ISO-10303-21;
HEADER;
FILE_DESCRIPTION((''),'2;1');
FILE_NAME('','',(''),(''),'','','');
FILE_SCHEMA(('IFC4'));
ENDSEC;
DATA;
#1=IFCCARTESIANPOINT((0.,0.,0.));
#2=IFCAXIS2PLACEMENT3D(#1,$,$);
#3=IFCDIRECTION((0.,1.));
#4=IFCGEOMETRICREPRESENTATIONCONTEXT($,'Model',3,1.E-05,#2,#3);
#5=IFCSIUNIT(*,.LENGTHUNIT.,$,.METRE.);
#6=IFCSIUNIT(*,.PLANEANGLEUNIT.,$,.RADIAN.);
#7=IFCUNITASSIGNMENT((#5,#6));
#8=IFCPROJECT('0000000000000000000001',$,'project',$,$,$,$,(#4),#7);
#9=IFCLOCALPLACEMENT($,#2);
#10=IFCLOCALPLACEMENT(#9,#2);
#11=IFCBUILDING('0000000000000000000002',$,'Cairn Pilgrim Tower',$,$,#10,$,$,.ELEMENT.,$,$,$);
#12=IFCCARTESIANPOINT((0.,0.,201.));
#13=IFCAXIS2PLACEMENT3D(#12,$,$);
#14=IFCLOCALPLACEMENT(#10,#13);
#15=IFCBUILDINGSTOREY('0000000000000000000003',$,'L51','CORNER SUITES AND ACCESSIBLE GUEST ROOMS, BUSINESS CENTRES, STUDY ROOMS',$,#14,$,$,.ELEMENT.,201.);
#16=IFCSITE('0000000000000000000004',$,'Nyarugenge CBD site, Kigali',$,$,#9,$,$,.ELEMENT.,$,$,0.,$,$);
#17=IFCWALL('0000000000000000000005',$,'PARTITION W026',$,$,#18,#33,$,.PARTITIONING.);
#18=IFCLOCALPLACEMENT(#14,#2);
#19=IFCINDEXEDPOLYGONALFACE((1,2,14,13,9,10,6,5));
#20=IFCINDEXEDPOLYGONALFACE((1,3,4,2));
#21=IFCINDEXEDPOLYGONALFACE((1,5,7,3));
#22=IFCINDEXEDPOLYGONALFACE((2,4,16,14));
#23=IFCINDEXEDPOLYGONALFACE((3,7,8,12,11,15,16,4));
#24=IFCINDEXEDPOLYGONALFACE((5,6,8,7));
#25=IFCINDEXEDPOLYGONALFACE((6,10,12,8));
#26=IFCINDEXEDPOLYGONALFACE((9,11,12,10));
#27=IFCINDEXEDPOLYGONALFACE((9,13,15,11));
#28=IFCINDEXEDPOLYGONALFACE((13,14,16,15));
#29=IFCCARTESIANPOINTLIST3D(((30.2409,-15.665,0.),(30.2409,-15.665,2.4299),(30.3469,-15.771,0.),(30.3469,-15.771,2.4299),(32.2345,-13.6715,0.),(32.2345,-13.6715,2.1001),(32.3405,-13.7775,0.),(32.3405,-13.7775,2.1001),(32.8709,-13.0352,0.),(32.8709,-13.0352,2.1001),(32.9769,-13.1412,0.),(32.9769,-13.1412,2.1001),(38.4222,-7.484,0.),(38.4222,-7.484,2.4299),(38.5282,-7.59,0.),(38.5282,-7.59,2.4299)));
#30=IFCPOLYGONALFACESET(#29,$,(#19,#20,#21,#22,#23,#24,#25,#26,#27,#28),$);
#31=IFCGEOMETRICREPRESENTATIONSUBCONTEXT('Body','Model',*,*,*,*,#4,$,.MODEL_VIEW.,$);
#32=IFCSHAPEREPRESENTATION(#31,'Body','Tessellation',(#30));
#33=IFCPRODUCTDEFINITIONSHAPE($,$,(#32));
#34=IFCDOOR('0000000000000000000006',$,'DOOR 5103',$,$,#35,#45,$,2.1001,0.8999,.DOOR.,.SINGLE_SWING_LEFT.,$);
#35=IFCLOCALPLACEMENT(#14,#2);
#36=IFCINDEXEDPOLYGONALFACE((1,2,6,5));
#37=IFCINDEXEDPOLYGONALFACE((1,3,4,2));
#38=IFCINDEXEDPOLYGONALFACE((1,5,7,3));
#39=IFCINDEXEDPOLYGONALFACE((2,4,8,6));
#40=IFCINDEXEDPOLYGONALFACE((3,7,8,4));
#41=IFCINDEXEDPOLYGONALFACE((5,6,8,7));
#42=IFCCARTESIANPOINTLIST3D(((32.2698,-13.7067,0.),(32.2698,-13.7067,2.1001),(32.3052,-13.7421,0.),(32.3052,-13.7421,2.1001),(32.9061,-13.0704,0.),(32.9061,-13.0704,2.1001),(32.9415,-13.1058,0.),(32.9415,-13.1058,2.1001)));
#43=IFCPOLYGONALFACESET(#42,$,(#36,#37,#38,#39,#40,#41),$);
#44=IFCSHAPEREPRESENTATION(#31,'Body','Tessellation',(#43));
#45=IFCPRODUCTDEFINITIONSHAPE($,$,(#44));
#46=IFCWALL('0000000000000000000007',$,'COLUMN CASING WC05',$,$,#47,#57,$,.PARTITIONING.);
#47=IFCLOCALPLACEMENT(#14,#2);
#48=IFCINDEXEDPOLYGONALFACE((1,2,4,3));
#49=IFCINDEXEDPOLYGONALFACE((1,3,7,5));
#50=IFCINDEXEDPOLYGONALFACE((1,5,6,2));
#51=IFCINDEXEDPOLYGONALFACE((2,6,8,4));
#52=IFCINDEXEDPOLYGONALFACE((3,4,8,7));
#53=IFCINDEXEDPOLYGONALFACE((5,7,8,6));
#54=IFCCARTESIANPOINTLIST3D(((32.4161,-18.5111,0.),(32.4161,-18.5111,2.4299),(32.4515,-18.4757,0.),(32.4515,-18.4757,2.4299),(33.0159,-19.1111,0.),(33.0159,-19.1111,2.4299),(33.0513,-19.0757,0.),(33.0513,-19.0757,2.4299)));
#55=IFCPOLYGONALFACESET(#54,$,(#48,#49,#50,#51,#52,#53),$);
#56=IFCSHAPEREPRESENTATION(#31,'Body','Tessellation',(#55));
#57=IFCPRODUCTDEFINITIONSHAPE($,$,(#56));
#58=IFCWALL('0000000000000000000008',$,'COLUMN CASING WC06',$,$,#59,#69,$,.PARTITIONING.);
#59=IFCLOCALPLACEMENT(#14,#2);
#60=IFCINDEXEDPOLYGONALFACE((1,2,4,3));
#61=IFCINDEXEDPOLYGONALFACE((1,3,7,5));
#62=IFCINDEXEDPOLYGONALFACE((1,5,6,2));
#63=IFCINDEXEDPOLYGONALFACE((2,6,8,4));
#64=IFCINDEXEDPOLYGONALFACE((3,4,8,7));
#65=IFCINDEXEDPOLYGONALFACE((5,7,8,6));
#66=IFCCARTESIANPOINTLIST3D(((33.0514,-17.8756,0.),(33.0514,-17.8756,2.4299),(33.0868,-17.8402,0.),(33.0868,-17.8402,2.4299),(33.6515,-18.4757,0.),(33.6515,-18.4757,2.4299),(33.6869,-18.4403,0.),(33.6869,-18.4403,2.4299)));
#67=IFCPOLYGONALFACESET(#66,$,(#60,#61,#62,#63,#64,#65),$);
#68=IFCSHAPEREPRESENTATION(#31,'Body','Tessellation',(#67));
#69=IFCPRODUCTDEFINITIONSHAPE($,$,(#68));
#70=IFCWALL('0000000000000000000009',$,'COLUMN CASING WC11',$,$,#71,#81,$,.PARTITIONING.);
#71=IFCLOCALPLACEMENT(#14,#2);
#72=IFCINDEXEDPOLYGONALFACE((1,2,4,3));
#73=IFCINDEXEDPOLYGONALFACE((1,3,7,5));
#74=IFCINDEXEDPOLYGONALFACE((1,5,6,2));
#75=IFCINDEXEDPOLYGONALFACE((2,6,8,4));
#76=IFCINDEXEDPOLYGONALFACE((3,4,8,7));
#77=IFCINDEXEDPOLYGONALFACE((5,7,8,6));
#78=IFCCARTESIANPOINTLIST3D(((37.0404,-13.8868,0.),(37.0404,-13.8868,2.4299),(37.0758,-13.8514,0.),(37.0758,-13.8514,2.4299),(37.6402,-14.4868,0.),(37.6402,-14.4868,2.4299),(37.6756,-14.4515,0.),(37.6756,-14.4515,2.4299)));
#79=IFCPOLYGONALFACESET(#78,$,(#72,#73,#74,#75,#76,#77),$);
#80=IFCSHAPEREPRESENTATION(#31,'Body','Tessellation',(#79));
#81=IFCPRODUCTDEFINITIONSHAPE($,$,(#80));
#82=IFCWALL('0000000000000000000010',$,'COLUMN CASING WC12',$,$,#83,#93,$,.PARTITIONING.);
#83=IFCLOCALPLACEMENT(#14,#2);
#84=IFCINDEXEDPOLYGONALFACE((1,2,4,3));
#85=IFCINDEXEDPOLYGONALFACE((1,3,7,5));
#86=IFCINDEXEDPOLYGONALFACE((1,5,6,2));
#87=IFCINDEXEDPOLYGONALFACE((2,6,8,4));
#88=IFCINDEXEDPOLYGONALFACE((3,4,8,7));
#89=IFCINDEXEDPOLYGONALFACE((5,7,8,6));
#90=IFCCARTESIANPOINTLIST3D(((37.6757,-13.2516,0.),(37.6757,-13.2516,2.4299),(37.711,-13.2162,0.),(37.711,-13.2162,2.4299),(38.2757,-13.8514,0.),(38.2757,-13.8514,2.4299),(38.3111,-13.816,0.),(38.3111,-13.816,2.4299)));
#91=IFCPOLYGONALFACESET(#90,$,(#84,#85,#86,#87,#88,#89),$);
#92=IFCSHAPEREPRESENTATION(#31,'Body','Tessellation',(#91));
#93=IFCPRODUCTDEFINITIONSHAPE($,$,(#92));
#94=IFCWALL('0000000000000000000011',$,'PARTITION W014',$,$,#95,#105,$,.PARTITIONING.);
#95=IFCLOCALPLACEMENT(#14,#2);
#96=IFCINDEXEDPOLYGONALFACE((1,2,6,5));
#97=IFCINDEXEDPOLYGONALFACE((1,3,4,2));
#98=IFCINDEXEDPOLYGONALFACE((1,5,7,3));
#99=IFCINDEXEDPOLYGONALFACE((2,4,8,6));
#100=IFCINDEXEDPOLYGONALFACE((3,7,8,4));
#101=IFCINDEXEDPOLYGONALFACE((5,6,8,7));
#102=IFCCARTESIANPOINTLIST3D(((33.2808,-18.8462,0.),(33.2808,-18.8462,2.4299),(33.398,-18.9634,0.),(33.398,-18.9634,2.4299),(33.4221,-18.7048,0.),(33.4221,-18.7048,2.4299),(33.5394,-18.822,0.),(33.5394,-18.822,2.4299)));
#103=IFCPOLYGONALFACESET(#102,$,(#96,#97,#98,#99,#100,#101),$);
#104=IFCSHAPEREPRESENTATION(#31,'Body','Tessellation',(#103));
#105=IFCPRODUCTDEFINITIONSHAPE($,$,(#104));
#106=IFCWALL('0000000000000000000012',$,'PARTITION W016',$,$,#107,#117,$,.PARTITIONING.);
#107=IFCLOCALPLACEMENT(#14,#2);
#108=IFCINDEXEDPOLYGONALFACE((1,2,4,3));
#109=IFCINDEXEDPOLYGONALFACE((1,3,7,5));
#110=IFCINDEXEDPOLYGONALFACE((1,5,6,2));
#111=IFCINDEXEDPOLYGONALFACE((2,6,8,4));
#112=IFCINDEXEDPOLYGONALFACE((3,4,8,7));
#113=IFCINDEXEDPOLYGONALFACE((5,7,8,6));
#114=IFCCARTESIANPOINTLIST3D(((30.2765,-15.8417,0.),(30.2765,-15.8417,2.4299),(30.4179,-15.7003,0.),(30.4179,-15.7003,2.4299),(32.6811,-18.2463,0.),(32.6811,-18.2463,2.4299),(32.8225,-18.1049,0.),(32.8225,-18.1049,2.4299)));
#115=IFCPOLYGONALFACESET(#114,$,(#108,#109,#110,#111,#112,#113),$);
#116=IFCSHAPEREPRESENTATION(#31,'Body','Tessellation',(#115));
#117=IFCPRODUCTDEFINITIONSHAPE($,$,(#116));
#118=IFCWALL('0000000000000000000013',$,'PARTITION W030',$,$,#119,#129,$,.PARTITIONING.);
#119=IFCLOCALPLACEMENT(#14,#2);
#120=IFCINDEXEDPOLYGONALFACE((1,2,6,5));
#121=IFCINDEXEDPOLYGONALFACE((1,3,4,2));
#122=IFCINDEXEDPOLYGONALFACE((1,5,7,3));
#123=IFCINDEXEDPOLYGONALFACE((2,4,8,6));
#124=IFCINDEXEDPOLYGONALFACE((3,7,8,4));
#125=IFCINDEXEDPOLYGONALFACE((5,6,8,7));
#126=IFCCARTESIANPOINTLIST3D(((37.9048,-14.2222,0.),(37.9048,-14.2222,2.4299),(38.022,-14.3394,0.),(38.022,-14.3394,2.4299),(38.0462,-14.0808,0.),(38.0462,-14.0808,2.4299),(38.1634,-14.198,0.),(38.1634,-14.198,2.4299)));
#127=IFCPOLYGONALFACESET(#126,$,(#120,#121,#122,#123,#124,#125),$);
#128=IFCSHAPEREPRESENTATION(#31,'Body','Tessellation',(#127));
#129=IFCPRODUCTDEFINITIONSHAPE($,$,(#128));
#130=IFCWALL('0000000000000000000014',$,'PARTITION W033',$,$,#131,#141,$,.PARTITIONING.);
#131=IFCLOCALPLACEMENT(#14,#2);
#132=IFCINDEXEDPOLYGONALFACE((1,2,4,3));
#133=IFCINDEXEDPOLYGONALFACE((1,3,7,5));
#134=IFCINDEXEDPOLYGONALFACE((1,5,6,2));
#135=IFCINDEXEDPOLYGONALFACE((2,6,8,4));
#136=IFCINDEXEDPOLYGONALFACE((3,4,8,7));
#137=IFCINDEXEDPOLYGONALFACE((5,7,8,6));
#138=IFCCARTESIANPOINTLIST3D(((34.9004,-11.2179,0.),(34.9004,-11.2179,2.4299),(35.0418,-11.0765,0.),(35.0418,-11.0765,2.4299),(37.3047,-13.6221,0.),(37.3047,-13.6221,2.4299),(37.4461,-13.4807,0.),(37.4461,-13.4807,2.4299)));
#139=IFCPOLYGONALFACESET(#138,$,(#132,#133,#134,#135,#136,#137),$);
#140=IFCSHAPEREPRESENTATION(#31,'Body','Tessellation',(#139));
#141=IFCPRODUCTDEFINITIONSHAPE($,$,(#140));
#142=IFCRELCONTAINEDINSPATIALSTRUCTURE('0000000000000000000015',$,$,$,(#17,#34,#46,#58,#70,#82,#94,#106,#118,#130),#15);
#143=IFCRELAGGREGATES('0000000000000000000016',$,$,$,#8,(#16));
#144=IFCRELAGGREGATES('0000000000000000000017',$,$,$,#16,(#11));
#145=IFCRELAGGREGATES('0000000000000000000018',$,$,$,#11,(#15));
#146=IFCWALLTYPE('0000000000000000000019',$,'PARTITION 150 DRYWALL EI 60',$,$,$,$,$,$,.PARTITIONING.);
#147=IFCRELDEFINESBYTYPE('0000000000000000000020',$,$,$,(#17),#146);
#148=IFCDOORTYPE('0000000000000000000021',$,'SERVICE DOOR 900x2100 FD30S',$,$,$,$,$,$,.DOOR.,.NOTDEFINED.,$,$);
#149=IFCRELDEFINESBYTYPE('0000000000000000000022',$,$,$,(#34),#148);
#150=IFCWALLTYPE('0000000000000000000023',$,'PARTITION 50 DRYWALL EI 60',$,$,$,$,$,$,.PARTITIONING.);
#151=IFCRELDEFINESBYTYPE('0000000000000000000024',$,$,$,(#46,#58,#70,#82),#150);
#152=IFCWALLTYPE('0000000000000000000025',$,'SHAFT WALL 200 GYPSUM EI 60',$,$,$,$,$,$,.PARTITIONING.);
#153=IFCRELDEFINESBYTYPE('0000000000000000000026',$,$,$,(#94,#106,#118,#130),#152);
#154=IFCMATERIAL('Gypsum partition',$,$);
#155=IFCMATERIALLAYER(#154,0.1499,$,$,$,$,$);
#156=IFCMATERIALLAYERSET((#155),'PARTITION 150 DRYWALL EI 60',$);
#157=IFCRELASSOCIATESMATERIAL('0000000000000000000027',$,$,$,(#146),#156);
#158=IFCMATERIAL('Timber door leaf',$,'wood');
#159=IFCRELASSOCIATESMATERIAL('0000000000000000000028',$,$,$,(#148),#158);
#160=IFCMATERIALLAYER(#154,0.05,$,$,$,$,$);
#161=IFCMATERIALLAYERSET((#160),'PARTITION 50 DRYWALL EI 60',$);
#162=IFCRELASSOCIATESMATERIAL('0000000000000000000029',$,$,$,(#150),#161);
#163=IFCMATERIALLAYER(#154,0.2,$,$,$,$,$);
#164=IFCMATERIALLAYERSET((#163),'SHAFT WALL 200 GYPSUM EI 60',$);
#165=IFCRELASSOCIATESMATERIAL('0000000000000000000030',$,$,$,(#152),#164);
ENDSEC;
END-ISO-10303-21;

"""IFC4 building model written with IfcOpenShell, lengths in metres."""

from ifc_helpers import new_model, si_unit, direction, frame, frame_2d, origin, place, context, subcontext, project, spatial, rectangle, extrude, material, layer, layer_set, type_object, element, fill, save


model = new_model("IFC4")

# Units and contexts
model_context = context("Model", 3, precision=1e-05, world=origin(), true_north=direction((0.0, 1.0)))
body_context = subcontext(model_context, "Body", "Model", "MODEL_VIEW")
ifc_project = project(units=[si_unit("LENGTHUNIT", "METRE"), si_unit("PLANEANGLEUNIT", "RADIAN")], contexts=[model_context])

# Site, building, storey
site_placement = place(None, origin())
site = spatial("IfcSite", under=ifc_project, at=site_placement, Name="Nyarugenge CBD site, Kigali", CompositionType="ELEMENT", RefElevation=0.0)
building_placement = place(site_placement, origin())
building = spatial("IfcBuilding", under=site, at=building_placement, Name="Cairn Pilgrim Tower", CompositionType="ELEMENT")
storey_placement = place(building_placement, frame((0.0, 0.0, 201.0)))
storey = spatial("IfcBuildingStorey", under=building, at=storey_placement, Name="L51", Description="CORNER SUITES AND ACCESSIBLE GUEST ROOMS, BUSINESS CENTRES, STUDY ROOMS", CompositionType="ELEMENT", Elevation=201.0)

# Wall, opening, door
ifc_material_1 = material(Name="Gypsum partition")
ifc_layer_1 = layer(ifc_material_1, 0.1499)
ifc_layer_set_1 = layer_set([ifc_layer_1], Name="PARTITION 150 DRYWALL EI 60")
wall_type_1 = type_object("IfcWallType", Name="PARTITION 150 DRYWALL EI 60", PredefinedType="PARTITIONING", material=ifc_layer_set_1)
wall_1_placement = place(storey_placement, frame((30.2939, -15.718, 0.0), z_axis=(0.0, 0.0, 1.0), x_axis=(0.707117, 0.707096, 0.0)))
wall_1 = element("IfcWall", 1, at=wall_1_placement, inside=storey, type_object=wall_type_1, Name="PARTITION W026", PredefinedType="PARTITIONING", context=body_context, shape_type="SweptSolid", body=[
    extrude(rectangle(XDim=11.5698, YDim=0.1499, at=frame_2d((5.7849, 0.0))), origin(), (0.0, 0.0, 1.0), 2.4299),
])
opening_placement = place(wall_1_placement, frame((2.8193, 0.0, 0.0)))
opening = element("IfcOpeningElement", 2, at=opening_placement, cuts=wall_1, PredefinedType="OPENING", context=body_context, shape_type="SweptSolid", body=[
    extrude(rectangle(XDim=0.8999, YDim=2.1001, at=frame_2d((0.45, 1.05))), frame((0.0, 0.085, 0.0), z_axis=(0.0, -1.0, 0.0), x_axis=(1.0, 0.0, 0.0)), (0.0, 0.0, 1.0), 0.1699),
])
ifc_material_2 = material(Name="Timber door leaf", Category="wood")
door_type = type_object("IfcDoorType", Name="SERVICE DOOR 900x2100 FD30S", OperationType="NOTDEFINED", PredefinedType="DOOR", material=ifc_material_2)
door_placement = place(opening_placement, frame((0.8999, 0.0, 0.0), z_axis=(0.0, 0.0, 1.0), x_axis=(-1.0, 0.0, 0.0)))
door = element("IfcDoor", 3, at=door_placement, inside=storey, type_object=door_type, Name="DOOR 5103", OperationType="SINGLE_SWING_LEFT", OverallHeight=2.1001, OverallWidth=0.8999, PredefinedType="DOOR", context=body_context, shape_type="SweptSolid", body=[
    extrude(rectangle(XDim=0.8999, YDim=2.1001, at=frame_2d((0.45, 1.05))), frame((0.0, 0.0249, 0.0), z_axis=(0.0, -1.0, 0.0), x_axis=(1.0, 0.0, 0.0)), (0.0, 0.0, 1.0), 0.05),
])
fill(opening, door)

# Walls
ifc_layer_2 = layer(ifc_material_1, 0.05)
ifc_layer_set_2 = layer_set([ifc_layer_2], Name="PARTITION 50 DRYWALL EI 60")
wall_type_2 = type_object("IfcWallType", Name="PARTITION 50 DRYWALL EI 60", PredefinedType="PARTITIONING", material=ifc_layer_set_2)
wall_2_placement = place(storey_placement, frame((33.0337, -19.0935, 0.0), z_axis=(0.0, 0.0, 1.0), x_axis=(-0.706963, 0.707251, 0.0)))
element("IfcWall", 4, at=wall_2_placement, inside=storey, type_object=wall_type_2, Name="COLUMN CASING WC05", PredefinedType="PARTITIONING", context=body_context, shape_type="SweptSolid", body=[
    extrude(rectangle(XDim=0.8484, YDim=0.05, at=frame_2d((0.4243, 0.0))), origin(), (0.0, 0.0, 1.0), 2.4299),
])
wall_3_placement = place(storey_placement, frame((33.6692, -18.458, 0.0), z_axis=(0.0, 0.0, 1.0), x_axis=(-0.707107, 0.707107, 0.0)))
element("IfcWall", 5, at=wall_3_placement, inside=storey, type_object=wall_type_2, Name="COLUMN CASING WC06", PredefinedType="PARTITIONING", context=body_context, shape_type="SweptSolid", body=[
    extrude(rectangle(XDim=0.8486, YDim=0.05, at=frame_2d((0.4243, 0.0))), origin(), (0.0, 0.0, 1.0), 2.4299),
])
for number, where, z_axis, x_axis, name in (
    (6, (37.658, -14.4692, 0.0), (0.0, 0.0, 1.0), (-0.706963, 0.707251, 0.0), "COLUMN CASING WC11"),
    (7, (38.2935, -13.8337, 0.0), (0.0, 0.0, 1.0), (-0.707251, 0.706963, 0.0), "COLUMN CASING WC12"),
):
    element("IfcWall", number, at=place(storey_placement, frame(where, z_axis=z_axis, x_axis=x_axis)), inside=storey, type_object=wall_type_2, Name=name, PredefinedType="PARTITIONING", context=body_context, shape_type="SweptSolid", body=[
        extrude(rectangle(XDim=0.8484, YDim=0.05, at=frame_2d((0.4243, 0.0))), origin(), (0.0, 0.0, 1.0), 2.4299),
    ])
ifc_layer_3 = layer(ifc_material_1, 0.2)
ifc_layer_set_3 = layer_set([ifc_layer_3], Name="SHAFT WALL 200 GYPSUM EI 60")
wall_type_3 = type_object("IfcWallType", Name="SHAFT WALL 200 GYPSUM EI 60", PredefinedType="PARTITIONING", material=ifc_layer_set_3)
wall_4_placement = place(storey_placement, frame((33.4688, -18.8928, 0.0), z_axis=(0.0, 0.0, 1.0), x_axis=(-0.707107, 0.707107, 0.0)))
element("IfcWall", 8, at=wall_4_placement, inside=storey, type_object=wall_type_3, Name="PARTITION W014", PredefinedType="PARTITIONING", context=body_context, shape_type="SweptSolid", body=[
    extrude(rectangle(XDim=0.1658, YDim=0.2, at=frame_2d((0.083, 0.0))), origin(), (0.0, 0.0, 1.0), 2.4299),
])
wall_5_placement = place(storey_placement, frame((32.7517, -18.1755, 0.0), z_axis=(0.0, 0.0, 1.0), x_axis=(-0.707107, 0.707107, 0.0)))
element("IfcWall", 9, at=wall_5_placement, inside=storey, type_object=wall_type_3, Name="PARTITION W016", PredefinedType="PARTITIONING", context=body_context, shape_type="SweptSolid", body=[
    extrude(rectangle(XDim=3.4006, YDim=0.2, at=frame_2d((1.7002, 0.0))), origin(), (0.0, 0.0, 1.0), 2.4299),
])
wall_6_placement = place(storey_placement, frame((38.0928, -14.2688, 0.0), z_axis=(0.0, 0.0, 1.0), x_axis=(-0.707107, 0.707107, 0.0)))
element("IfcWall", 10, at=wall_6_placement, inside=storey, type_object=wall_type_3, Name="PARTITION W030", PredefinedType="PARTITIONING", context=body_context, shape_type="SweptSolid", body=[
    extrude(rectangle(XDim=0.1658, YDim=0.2, at=frame_2d((0.083, 0.0))), origin(), (0.0, 0.0, 1.0), 2.4299),
])
wall_7_placement = place(storey_placement, frame((37.3755, -13.5515, 0.0), z_axis=(0.0, 0.0, 1.0), x_axis=(-0.707107, 0.707107, 0.0)))
element("IfcWall", 11, at=wall_7_placement, inside=storey, type_object=wall_type_3, Name="PARTITION W033", PredefinedType="PARTITIONING", context=body_context, shape_type="SweptSolid", body=[
    extrude(rectangle(XDim=3.4001, YDim=0.2, at=frame_2d((1.7002, 0.0))), origin(), (0.0, 0.0, 1.0), 2.4299),
])

save(model, "model.ifc")
